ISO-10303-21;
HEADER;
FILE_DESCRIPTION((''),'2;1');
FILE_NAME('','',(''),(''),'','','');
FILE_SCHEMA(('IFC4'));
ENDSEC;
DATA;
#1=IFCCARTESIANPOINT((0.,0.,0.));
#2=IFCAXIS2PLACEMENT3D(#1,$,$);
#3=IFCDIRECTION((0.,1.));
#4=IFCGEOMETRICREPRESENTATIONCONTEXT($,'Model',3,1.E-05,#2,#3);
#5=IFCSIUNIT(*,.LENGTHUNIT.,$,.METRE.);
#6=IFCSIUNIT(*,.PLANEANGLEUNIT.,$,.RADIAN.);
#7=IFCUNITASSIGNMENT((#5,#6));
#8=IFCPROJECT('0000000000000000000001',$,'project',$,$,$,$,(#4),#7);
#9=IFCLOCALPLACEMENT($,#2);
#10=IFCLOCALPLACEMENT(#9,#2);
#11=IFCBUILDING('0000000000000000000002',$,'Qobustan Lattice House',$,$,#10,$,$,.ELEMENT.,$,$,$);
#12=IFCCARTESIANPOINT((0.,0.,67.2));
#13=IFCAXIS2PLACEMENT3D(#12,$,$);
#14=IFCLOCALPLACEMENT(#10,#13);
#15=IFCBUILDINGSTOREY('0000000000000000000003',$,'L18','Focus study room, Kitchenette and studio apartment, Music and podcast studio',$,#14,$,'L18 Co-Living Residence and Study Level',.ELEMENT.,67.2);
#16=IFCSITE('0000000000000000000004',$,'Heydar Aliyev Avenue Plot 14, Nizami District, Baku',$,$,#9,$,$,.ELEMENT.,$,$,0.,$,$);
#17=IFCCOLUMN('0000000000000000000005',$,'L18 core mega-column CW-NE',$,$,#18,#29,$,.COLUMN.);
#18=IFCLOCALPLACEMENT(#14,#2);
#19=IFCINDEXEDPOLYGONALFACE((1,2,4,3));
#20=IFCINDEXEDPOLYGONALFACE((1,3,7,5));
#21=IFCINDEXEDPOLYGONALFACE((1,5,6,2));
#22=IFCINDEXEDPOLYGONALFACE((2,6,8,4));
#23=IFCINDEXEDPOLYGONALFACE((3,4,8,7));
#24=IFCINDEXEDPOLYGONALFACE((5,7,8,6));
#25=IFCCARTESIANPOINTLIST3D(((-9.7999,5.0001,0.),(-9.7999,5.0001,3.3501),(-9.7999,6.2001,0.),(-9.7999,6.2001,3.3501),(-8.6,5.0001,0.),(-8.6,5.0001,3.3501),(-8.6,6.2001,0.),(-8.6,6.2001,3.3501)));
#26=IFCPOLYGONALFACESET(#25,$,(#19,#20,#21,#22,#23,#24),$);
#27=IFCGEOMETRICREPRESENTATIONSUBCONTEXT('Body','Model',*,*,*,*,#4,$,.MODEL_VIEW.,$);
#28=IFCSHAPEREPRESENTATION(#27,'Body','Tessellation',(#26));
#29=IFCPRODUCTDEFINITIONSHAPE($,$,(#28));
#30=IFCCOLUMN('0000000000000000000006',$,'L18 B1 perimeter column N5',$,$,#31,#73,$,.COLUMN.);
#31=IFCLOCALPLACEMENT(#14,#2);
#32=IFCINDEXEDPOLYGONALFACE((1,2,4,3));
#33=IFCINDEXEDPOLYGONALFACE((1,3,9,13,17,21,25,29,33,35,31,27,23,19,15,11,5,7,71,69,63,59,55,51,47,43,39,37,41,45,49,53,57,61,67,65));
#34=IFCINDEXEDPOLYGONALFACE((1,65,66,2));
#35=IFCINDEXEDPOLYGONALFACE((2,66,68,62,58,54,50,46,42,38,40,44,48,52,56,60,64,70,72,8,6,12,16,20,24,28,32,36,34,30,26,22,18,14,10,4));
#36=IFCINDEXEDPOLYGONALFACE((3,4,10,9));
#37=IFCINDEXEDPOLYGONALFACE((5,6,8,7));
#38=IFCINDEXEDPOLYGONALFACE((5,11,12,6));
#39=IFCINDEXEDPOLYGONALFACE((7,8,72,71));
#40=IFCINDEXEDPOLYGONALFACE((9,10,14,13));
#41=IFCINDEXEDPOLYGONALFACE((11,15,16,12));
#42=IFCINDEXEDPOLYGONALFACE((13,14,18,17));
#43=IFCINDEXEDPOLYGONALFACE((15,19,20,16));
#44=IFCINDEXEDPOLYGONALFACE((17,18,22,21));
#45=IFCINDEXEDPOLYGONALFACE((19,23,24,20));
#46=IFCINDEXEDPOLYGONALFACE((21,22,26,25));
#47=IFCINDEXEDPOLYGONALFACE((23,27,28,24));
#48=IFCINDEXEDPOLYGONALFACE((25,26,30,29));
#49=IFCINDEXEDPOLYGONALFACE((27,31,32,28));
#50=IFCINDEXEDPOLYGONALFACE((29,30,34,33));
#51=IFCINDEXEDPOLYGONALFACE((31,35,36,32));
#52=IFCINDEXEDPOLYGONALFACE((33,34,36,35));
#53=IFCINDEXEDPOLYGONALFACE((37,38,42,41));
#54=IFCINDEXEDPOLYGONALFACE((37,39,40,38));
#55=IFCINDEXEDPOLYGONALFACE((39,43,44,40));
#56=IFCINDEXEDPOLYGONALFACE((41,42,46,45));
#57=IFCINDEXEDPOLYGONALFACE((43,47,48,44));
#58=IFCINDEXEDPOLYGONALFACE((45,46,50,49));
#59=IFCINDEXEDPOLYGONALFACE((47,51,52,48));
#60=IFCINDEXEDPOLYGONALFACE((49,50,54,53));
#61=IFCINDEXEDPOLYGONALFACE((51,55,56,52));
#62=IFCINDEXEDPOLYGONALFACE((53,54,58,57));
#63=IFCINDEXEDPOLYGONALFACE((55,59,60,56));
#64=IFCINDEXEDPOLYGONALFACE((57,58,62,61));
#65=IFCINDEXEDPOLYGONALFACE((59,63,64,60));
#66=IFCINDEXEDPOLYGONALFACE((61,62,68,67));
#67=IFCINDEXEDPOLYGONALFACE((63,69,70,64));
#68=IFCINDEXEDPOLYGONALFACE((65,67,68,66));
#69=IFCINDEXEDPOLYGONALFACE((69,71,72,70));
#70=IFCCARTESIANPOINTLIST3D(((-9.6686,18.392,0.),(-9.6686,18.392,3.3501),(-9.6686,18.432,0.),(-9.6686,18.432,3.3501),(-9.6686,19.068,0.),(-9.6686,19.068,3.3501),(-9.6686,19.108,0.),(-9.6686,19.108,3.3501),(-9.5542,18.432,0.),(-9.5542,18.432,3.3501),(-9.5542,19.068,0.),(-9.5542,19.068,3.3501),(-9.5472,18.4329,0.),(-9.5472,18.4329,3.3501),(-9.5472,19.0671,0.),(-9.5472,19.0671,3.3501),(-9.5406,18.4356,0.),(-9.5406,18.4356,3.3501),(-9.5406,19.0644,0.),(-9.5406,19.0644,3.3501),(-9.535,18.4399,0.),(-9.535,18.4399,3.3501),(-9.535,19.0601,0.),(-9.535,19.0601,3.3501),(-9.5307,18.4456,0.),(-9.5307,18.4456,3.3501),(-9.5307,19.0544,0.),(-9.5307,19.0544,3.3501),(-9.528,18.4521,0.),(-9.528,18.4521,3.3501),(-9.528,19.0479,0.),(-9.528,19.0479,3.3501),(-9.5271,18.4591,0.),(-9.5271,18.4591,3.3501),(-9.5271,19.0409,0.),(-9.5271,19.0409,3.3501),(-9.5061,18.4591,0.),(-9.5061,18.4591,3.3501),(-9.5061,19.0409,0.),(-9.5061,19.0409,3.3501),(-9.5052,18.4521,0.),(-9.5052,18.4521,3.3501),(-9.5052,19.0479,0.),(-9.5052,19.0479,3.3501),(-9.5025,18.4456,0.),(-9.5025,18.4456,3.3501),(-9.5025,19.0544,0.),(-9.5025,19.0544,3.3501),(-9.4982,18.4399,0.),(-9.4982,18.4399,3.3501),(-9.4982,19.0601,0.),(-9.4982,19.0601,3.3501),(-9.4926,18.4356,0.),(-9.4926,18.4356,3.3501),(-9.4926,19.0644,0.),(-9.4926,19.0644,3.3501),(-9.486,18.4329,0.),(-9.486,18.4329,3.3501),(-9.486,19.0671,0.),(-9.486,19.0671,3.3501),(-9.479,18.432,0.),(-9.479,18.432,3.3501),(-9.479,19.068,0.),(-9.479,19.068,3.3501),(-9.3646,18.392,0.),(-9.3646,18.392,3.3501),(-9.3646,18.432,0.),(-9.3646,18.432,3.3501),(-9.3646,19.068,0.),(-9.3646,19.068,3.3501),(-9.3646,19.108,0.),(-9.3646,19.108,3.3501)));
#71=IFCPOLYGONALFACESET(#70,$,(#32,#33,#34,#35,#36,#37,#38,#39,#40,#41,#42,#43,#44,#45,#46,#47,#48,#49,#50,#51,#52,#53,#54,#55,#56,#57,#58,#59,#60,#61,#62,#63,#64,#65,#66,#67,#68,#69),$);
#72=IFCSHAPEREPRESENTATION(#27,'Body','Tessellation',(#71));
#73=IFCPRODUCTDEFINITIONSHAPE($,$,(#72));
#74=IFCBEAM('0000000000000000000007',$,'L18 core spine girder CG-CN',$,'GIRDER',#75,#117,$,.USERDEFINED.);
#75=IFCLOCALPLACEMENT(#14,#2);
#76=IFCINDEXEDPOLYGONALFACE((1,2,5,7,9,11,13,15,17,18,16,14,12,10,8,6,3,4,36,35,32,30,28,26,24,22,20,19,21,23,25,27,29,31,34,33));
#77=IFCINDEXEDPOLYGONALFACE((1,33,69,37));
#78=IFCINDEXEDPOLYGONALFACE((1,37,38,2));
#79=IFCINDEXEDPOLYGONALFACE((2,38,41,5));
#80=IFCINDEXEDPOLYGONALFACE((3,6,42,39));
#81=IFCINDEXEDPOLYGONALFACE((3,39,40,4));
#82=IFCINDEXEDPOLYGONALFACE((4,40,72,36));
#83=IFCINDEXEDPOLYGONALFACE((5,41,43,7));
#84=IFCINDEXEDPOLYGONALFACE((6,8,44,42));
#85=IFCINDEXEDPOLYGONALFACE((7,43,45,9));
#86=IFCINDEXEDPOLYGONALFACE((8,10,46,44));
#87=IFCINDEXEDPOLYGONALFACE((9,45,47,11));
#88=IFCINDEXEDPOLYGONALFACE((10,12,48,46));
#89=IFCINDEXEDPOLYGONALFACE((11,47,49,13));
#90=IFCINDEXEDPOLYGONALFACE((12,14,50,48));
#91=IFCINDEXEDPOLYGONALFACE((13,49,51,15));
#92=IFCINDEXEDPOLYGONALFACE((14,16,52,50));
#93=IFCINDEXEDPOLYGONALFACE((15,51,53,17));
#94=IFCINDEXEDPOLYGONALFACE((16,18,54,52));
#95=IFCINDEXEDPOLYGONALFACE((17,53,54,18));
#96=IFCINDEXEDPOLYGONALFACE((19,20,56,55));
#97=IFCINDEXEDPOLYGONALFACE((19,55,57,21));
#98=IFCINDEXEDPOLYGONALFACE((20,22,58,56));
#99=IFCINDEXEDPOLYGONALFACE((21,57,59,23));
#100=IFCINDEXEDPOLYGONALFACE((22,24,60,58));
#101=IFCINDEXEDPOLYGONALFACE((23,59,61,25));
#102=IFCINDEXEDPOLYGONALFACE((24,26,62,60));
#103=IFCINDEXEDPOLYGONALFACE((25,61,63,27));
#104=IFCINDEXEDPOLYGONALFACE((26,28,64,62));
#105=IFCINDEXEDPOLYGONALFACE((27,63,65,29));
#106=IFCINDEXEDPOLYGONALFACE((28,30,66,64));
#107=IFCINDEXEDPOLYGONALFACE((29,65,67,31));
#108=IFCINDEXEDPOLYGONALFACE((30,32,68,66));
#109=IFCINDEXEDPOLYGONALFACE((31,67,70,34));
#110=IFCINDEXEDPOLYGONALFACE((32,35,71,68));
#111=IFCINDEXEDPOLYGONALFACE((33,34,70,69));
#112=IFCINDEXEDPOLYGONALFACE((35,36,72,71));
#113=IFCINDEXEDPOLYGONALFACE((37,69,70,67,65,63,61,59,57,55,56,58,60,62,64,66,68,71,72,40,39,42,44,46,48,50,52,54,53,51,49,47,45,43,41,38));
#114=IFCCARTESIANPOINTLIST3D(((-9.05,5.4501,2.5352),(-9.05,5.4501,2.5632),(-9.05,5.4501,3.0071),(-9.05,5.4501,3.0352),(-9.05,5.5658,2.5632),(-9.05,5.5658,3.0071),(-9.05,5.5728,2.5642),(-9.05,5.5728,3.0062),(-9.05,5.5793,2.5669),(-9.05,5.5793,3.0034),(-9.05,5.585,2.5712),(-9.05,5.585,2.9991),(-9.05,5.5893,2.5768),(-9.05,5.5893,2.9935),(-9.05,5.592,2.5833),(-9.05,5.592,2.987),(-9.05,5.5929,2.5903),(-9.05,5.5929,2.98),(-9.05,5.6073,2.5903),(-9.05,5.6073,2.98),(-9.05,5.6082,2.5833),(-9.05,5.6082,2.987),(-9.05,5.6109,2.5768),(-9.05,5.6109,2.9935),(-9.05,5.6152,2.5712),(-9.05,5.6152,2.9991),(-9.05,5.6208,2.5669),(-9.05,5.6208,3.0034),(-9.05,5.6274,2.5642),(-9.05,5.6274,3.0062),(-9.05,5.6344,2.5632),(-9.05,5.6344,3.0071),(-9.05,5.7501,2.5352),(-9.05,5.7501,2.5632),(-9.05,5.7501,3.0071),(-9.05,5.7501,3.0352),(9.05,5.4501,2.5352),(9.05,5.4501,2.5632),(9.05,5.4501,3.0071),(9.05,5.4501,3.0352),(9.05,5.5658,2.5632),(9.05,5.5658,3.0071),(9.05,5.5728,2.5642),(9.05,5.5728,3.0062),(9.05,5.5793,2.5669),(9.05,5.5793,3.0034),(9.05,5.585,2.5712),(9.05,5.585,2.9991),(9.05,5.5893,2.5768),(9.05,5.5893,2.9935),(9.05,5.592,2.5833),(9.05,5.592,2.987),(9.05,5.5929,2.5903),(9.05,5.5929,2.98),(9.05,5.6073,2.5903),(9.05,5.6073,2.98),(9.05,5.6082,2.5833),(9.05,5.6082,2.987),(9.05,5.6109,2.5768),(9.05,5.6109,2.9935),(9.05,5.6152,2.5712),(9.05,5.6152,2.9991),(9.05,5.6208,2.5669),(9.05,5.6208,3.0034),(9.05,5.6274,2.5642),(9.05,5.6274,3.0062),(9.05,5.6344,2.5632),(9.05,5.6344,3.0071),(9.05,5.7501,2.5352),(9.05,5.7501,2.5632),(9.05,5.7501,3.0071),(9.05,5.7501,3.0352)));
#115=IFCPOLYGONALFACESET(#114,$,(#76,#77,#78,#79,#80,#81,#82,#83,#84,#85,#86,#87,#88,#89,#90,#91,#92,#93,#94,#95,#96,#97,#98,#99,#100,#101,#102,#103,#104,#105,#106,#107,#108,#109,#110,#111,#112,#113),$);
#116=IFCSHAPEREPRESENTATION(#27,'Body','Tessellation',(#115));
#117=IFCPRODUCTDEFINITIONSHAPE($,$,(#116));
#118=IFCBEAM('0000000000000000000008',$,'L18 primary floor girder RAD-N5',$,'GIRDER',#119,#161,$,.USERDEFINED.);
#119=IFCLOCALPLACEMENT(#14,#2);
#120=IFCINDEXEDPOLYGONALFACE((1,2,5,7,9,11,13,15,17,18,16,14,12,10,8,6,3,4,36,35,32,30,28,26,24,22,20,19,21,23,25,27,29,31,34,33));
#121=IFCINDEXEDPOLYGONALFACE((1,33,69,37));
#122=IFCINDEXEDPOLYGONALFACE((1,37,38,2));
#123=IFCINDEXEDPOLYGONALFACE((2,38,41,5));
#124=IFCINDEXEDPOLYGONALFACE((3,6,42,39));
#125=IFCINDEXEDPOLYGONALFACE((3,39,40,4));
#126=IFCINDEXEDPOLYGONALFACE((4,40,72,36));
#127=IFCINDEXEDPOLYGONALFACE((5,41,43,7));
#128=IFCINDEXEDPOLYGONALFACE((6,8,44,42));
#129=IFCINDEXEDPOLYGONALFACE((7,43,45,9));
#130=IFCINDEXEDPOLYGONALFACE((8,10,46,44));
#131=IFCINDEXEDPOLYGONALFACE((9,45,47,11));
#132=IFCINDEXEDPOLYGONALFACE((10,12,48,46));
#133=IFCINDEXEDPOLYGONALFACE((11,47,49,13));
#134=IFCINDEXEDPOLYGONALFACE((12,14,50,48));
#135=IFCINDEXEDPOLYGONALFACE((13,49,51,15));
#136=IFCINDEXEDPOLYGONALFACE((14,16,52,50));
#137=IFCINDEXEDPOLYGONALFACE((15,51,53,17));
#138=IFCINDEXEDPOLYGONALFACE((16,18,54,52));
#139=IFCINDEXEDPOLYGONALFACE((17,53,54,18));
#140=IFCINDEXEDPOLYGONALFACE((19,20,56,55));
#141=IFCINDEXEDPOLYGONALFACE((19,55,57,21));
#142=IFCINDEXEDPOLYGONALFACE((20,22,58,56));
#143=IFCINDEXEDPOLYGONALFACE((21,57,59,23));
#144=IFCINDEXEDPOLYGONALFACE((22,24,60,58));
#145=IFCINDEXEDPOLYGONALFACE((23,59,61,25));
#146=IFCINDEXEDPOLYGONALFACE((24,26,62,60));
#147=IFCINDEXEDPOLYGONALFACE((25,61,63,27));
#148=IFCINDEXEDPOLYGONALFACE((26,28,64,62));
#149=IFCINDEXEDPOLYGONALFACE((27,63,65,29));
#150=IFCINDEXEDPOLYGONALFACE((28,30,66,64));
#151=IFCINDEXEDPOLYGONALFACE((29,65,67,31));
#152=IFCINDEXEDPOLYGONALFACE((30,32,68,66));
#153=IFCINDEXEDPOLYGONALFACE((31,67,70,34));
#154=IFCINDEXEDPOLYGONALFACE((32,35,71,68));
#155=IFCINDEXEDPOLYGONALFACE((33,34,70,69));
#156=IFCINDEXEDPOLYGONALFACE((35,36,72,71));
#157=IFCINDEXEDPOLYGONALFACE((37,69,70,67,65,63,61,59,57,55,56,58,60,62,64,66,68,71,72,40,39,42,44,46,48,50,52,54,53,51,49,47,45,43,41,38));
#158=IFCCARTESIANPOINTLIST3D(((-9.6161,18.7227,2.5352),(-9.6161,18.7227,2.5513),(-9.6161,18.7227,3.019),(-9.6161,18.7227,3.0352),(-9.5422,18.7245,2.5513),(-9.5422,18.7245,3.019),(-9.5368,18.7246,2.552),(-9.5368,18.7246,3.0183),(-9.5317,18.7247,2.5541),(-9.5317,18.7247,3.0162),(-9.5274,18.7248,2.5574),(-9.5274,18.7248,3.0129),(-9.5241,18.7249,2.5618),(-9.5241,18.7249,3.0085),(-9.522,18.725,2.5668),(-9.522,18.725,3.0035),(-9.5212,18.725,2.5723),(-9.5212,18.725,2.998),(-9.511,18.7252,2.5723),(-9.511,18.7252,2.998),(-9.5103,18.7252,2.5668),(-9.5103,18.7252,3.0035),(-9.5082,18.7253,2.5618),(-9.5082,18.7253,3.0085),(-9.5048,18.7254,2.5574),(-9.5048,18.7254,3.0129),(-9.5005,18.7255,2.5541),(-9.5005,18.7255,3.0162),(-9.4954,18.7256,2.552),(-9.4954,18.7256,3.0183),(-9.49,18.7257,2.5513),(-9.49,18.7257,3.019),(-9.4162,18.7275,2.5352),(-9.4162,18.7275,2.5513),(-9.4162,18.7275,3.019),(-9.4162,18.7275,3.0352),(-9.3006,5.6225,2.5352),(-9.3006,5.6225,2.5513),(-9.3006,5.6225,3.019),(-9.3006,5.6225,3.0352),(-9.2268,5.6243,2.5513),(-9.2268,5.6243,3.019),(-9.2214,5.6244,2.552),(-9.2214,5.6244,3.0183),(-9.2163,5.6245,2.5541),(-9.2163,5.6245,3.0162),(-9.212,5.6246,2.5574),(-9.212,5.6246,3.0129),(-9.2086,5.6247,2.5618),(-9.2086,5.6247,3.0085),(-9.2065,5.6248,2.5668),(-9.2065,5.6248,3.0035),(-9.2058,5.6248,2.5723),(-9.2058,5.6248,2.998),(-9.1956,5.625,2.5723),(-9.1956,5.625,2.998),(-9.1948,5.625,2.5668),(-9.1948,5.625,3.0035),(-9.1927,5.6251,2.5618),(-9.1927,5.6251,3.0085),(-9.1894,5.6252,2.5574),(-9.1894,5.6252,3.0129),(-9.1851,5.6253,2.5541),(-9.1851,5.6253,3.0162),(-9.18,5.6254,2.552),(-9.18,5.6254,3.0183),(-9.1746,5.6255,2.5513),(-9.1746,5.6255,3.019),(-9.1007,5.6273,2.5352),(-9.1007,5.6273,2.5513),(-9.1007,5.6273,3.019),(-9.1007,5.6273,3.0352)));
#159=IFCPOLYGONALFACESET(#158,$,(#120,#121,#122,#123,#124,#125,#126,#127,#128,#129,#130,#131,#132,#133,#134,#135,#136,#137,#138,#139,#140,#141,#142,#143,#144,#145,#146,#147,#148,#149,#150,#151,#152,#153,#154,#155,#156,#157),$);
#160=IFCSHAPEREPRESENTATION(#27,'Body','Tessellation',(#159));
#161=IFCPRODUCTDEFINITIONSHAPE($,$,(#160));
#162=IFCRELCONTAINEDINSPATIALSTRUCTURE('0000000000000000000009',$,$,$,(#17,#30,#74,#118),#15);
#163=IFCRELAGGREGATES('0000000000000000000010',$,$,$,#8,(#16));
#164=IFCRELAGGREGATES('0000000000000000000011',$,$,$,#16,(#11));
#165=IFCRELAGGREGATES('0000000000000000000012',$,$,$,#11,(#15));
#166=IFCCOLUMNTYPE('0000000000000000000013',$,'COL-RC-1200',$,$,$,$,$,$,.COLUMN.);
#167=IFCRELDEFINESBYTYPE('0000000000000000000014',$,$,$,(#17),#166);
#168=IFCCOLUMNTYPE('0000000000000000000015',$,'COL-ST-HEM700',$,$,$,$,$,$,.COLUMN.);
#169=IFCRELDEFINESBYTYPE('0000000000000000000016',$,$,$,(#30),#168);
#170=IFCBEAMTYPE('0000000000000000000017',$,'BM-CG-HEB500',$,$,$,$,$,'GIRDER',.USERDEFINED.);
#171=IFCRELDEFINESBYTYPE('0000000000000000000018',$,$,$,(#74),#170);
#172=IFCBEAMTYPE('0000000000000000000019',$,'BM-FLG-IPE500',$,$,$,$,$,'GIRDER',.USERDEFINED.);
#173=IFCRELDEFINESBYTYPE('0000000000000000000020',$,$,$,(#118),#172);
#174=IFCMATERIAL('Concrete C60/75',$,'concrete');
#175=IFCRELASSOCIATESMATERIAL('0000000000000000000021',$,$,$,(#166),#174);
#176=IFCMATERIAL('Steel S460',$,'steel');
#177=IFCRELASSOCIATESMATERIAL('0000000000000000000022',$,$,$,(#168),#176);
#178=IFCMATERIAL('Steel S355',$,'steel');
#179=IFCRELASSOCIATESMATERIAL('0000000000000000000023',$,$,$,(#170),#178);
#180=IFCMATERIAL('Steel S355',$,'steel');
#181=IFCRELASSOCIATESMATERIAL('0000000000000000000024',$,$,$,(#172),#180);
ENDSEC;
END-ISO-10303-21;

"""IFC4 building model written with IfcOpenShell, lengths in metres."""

from ifc_helpers import new_model, si_unit, direction, frame, origin, origin_2d, place, context, subcontext, project, spatial, rectangle, i_section, extrude, material, material_profile, profile_set, type_object, element, save


model = new_model("IFC4")

# Units and contexts
model_context = context("Model", 3, precision=1e-05, world=origin(), true_north=direction((0.0, 1.0)))
body_context = subcontext(model_context, "Body", "Model", "MODEL_VIEW")
ifc_project = project(units=[si_unit("LENGTHUNIT", "METRE"), si_unit("PLANEANGLEUNIT", "RADIAN")], contexts=[model_context])

# Site, building, storey
site_placement = place(None, origin())
site = spatial("IfcSite", under=ifc_project, at=site_placement, Name="Heydar Aliyev Avenue Plot 14, Nizami District, Baku", CompositionType="ELEMENT", RefElevation=0.0)
building_placement = place(site_placement, origin())
building = spatial("IfcBuilding", under=site, at=building_placement, Name="Qobustan Lattice House", CompositionType="ELEMENT")
storey_placement = place(building_placement, frame((0.0, 0.0, 67.2)))
storey = spatial("IfcBuildingStorey", under=building, at=storey_placement, Name="L18", Description="Focus study room, Kitchenette and studio apartment, Music and podcast studio", LongName="L18 Co-Living Residence and Study Level", CompositionType="ELEMENT", Elevation=67.2)

# Columns
ifc_material_1 = material(Name="Concrete C60/75", Category="concrete")
ifc_material_profile_1 = material_profile(ifc_material_1, rectangle(XDim=1.2, YDim=1.2, at=origin_2d()), Name="RC1200x1200")
ifc_profile_set_1 = profile_set([ifc_material_profile_1], Name="Concrete C60/75")
column_type_1 = type_object("IfcColumnType", Name="COL-RC-1200", PredefinedType="COLUMN", material=ifc_profile_set_1)
column_1_placement = place(storey_placement, frame((-9.2, 5.6001, 0.0), z_axis=(0.0, 0.0, 1.0), x_axis=(1.0, 0.0, 0.0)))
element("IfcColumn", 1, at=column_1_placement, inside=storey, type_object=column_type_1, Name="L18 core mega-column CW-NE", PredefinedType="COLUMN", context=body_context, shape_type="SweptSolid", body=[
    extrude(rectangle(XDim=1.2, YDim=1.2, at=origin_2d()), origin(), (0.0, 0.0, 1.0), 3.3501),
])
ifc_material_2 = material(Name="Steel S460", Category="steel")
ifc_material_profile_2 = material_profile(ifc_material_2, i_section(OverallWidth=0.304, OverallDepth=0.7161, WebThickness=0.021, FlangeThickness=0.04, FilletRadius=0.0271, at=origin_2d()), Name="HEM700")
ifc_profile_set_2 = profile_set([ifc_material_profile_2], Name="Steel S460")
column_type_2 = type_object("IfcColumnType", Name="COL-ST-HEM700", PredefinedType="COLUMN", material=ifc_profile_set_2)
column_2_placement = place(storey_placement, frame((-9.5166, 18.75, 0.0), z_axis=(0.0, 0.0, 1.0), x_axis=(1.0, 0.0, 0.0)))
element("IfcColumn", 2, at=column_2_placement, inside=storey, type_object=column_type_2, Name="L18 B1 perimeter column N5", PredefinedType="COLUMN", context=body_context, shape_type="SweptSolid", body=[
    extrude(i_section(OverallWidth=0.304, OverallDepth=0.7161, WebThickness=0.021, FlangeThickness=0.04, FilletRadius=0.0271, at=origin_2d()), origin(), (0.0, 0.0, 1.0), 3.3501),
])

# Beams
ifc_material_3 = material(Name="Steel S355", Category="steel")
ifc_material_profile_3 = material_profile(ifc_material_3, i_section(OverallWidth=0.3, OverallDepth=0.5, WebThickness=0.0144, FlangeThickness=0.0281, FilletRadius=0.0271, at=origin_2d()), Name="HEB500")
ifc_profile_set_3 = profile_set([ifc_material_profile_3], Name="Steel S355")
beam_type_1 = type_object("IfcBeamType", Name="BM-CG-HEB500", ElementType="GIRDER", PredefinedType="USERDEFINED", material=ifc_profile_set_3)
beam_1_placement = place(storey_placement, frame((-9.05, 5.6001, 2.7852), z_axis=(1.0, 0.0, 0.0), x_axis=(0.0, 1.0, 0.0)))
element("IfcBeam", 3, at=beam_1_placement, inside=storey, type_object=beam_type_1, Name="L18 core spine girder CG-CN", ObjectType="GIRDER", PredefinedType="USERDEFINED", context=body_context, shape_type="SweptSolid", body=[
    extrude(i_section(OverallWidth=0.3, OverallDepth=0.5, WebThickness=0.0144, FlangeThickness=0.0281, FilletRadius=0.0271, at=origin_2d()), origin(), (0.0, 0.0, 1.0), 18.1001),
])
ifc_material_4 = material(Name="Steel S355", Category="steel")
ifc_material_profile_4 = material_profile(ifc_material_4, i_section(OverallWidth=0.2, OverallDepth=0.5, WebThickness=0.0103, FlangeThickness=0.0161, FilletRadius=0.021, at=origin_2d()), Name="IPE500")
ifc_profile_set_4 = profile_set([ifc_material_profile_4], Name="Steel S355")
beam_type_2 = type_object("IfcBeamType", Name="BM-FLG-IPE500", ElementType="GIRDER", PredefinedType="USERDEFINED", material=ifc_profile_set_4)
beam_2_placement = place(storey_placement, frame((-9.5161, 18.7251, 2.7852), z_axis=(0.024071, -0.99971, 0.0), x_axis=(0.99971, 0.024071, 0.0)))
element("IfcBeam", 4, at=beam_2_placement, inside=storey, type_object=beam_type_2, Name="L18 primary floor girder RAD-N5", ObjectType="GIRDER", PredefinedType="USERDEFINED", context=body_context, shape_type="SweptSolid", body=[
    extrude(i_section(OverallWidth=0.2, OverallDepth=0.5, WebThickness=0.0103, FlangeThickness=0.0161, FilletRadius=0.021, at=origin_2d()), origin(), (0.0, 0.0, 1.0), 13.104),
])

save(model, "model.ifc")
